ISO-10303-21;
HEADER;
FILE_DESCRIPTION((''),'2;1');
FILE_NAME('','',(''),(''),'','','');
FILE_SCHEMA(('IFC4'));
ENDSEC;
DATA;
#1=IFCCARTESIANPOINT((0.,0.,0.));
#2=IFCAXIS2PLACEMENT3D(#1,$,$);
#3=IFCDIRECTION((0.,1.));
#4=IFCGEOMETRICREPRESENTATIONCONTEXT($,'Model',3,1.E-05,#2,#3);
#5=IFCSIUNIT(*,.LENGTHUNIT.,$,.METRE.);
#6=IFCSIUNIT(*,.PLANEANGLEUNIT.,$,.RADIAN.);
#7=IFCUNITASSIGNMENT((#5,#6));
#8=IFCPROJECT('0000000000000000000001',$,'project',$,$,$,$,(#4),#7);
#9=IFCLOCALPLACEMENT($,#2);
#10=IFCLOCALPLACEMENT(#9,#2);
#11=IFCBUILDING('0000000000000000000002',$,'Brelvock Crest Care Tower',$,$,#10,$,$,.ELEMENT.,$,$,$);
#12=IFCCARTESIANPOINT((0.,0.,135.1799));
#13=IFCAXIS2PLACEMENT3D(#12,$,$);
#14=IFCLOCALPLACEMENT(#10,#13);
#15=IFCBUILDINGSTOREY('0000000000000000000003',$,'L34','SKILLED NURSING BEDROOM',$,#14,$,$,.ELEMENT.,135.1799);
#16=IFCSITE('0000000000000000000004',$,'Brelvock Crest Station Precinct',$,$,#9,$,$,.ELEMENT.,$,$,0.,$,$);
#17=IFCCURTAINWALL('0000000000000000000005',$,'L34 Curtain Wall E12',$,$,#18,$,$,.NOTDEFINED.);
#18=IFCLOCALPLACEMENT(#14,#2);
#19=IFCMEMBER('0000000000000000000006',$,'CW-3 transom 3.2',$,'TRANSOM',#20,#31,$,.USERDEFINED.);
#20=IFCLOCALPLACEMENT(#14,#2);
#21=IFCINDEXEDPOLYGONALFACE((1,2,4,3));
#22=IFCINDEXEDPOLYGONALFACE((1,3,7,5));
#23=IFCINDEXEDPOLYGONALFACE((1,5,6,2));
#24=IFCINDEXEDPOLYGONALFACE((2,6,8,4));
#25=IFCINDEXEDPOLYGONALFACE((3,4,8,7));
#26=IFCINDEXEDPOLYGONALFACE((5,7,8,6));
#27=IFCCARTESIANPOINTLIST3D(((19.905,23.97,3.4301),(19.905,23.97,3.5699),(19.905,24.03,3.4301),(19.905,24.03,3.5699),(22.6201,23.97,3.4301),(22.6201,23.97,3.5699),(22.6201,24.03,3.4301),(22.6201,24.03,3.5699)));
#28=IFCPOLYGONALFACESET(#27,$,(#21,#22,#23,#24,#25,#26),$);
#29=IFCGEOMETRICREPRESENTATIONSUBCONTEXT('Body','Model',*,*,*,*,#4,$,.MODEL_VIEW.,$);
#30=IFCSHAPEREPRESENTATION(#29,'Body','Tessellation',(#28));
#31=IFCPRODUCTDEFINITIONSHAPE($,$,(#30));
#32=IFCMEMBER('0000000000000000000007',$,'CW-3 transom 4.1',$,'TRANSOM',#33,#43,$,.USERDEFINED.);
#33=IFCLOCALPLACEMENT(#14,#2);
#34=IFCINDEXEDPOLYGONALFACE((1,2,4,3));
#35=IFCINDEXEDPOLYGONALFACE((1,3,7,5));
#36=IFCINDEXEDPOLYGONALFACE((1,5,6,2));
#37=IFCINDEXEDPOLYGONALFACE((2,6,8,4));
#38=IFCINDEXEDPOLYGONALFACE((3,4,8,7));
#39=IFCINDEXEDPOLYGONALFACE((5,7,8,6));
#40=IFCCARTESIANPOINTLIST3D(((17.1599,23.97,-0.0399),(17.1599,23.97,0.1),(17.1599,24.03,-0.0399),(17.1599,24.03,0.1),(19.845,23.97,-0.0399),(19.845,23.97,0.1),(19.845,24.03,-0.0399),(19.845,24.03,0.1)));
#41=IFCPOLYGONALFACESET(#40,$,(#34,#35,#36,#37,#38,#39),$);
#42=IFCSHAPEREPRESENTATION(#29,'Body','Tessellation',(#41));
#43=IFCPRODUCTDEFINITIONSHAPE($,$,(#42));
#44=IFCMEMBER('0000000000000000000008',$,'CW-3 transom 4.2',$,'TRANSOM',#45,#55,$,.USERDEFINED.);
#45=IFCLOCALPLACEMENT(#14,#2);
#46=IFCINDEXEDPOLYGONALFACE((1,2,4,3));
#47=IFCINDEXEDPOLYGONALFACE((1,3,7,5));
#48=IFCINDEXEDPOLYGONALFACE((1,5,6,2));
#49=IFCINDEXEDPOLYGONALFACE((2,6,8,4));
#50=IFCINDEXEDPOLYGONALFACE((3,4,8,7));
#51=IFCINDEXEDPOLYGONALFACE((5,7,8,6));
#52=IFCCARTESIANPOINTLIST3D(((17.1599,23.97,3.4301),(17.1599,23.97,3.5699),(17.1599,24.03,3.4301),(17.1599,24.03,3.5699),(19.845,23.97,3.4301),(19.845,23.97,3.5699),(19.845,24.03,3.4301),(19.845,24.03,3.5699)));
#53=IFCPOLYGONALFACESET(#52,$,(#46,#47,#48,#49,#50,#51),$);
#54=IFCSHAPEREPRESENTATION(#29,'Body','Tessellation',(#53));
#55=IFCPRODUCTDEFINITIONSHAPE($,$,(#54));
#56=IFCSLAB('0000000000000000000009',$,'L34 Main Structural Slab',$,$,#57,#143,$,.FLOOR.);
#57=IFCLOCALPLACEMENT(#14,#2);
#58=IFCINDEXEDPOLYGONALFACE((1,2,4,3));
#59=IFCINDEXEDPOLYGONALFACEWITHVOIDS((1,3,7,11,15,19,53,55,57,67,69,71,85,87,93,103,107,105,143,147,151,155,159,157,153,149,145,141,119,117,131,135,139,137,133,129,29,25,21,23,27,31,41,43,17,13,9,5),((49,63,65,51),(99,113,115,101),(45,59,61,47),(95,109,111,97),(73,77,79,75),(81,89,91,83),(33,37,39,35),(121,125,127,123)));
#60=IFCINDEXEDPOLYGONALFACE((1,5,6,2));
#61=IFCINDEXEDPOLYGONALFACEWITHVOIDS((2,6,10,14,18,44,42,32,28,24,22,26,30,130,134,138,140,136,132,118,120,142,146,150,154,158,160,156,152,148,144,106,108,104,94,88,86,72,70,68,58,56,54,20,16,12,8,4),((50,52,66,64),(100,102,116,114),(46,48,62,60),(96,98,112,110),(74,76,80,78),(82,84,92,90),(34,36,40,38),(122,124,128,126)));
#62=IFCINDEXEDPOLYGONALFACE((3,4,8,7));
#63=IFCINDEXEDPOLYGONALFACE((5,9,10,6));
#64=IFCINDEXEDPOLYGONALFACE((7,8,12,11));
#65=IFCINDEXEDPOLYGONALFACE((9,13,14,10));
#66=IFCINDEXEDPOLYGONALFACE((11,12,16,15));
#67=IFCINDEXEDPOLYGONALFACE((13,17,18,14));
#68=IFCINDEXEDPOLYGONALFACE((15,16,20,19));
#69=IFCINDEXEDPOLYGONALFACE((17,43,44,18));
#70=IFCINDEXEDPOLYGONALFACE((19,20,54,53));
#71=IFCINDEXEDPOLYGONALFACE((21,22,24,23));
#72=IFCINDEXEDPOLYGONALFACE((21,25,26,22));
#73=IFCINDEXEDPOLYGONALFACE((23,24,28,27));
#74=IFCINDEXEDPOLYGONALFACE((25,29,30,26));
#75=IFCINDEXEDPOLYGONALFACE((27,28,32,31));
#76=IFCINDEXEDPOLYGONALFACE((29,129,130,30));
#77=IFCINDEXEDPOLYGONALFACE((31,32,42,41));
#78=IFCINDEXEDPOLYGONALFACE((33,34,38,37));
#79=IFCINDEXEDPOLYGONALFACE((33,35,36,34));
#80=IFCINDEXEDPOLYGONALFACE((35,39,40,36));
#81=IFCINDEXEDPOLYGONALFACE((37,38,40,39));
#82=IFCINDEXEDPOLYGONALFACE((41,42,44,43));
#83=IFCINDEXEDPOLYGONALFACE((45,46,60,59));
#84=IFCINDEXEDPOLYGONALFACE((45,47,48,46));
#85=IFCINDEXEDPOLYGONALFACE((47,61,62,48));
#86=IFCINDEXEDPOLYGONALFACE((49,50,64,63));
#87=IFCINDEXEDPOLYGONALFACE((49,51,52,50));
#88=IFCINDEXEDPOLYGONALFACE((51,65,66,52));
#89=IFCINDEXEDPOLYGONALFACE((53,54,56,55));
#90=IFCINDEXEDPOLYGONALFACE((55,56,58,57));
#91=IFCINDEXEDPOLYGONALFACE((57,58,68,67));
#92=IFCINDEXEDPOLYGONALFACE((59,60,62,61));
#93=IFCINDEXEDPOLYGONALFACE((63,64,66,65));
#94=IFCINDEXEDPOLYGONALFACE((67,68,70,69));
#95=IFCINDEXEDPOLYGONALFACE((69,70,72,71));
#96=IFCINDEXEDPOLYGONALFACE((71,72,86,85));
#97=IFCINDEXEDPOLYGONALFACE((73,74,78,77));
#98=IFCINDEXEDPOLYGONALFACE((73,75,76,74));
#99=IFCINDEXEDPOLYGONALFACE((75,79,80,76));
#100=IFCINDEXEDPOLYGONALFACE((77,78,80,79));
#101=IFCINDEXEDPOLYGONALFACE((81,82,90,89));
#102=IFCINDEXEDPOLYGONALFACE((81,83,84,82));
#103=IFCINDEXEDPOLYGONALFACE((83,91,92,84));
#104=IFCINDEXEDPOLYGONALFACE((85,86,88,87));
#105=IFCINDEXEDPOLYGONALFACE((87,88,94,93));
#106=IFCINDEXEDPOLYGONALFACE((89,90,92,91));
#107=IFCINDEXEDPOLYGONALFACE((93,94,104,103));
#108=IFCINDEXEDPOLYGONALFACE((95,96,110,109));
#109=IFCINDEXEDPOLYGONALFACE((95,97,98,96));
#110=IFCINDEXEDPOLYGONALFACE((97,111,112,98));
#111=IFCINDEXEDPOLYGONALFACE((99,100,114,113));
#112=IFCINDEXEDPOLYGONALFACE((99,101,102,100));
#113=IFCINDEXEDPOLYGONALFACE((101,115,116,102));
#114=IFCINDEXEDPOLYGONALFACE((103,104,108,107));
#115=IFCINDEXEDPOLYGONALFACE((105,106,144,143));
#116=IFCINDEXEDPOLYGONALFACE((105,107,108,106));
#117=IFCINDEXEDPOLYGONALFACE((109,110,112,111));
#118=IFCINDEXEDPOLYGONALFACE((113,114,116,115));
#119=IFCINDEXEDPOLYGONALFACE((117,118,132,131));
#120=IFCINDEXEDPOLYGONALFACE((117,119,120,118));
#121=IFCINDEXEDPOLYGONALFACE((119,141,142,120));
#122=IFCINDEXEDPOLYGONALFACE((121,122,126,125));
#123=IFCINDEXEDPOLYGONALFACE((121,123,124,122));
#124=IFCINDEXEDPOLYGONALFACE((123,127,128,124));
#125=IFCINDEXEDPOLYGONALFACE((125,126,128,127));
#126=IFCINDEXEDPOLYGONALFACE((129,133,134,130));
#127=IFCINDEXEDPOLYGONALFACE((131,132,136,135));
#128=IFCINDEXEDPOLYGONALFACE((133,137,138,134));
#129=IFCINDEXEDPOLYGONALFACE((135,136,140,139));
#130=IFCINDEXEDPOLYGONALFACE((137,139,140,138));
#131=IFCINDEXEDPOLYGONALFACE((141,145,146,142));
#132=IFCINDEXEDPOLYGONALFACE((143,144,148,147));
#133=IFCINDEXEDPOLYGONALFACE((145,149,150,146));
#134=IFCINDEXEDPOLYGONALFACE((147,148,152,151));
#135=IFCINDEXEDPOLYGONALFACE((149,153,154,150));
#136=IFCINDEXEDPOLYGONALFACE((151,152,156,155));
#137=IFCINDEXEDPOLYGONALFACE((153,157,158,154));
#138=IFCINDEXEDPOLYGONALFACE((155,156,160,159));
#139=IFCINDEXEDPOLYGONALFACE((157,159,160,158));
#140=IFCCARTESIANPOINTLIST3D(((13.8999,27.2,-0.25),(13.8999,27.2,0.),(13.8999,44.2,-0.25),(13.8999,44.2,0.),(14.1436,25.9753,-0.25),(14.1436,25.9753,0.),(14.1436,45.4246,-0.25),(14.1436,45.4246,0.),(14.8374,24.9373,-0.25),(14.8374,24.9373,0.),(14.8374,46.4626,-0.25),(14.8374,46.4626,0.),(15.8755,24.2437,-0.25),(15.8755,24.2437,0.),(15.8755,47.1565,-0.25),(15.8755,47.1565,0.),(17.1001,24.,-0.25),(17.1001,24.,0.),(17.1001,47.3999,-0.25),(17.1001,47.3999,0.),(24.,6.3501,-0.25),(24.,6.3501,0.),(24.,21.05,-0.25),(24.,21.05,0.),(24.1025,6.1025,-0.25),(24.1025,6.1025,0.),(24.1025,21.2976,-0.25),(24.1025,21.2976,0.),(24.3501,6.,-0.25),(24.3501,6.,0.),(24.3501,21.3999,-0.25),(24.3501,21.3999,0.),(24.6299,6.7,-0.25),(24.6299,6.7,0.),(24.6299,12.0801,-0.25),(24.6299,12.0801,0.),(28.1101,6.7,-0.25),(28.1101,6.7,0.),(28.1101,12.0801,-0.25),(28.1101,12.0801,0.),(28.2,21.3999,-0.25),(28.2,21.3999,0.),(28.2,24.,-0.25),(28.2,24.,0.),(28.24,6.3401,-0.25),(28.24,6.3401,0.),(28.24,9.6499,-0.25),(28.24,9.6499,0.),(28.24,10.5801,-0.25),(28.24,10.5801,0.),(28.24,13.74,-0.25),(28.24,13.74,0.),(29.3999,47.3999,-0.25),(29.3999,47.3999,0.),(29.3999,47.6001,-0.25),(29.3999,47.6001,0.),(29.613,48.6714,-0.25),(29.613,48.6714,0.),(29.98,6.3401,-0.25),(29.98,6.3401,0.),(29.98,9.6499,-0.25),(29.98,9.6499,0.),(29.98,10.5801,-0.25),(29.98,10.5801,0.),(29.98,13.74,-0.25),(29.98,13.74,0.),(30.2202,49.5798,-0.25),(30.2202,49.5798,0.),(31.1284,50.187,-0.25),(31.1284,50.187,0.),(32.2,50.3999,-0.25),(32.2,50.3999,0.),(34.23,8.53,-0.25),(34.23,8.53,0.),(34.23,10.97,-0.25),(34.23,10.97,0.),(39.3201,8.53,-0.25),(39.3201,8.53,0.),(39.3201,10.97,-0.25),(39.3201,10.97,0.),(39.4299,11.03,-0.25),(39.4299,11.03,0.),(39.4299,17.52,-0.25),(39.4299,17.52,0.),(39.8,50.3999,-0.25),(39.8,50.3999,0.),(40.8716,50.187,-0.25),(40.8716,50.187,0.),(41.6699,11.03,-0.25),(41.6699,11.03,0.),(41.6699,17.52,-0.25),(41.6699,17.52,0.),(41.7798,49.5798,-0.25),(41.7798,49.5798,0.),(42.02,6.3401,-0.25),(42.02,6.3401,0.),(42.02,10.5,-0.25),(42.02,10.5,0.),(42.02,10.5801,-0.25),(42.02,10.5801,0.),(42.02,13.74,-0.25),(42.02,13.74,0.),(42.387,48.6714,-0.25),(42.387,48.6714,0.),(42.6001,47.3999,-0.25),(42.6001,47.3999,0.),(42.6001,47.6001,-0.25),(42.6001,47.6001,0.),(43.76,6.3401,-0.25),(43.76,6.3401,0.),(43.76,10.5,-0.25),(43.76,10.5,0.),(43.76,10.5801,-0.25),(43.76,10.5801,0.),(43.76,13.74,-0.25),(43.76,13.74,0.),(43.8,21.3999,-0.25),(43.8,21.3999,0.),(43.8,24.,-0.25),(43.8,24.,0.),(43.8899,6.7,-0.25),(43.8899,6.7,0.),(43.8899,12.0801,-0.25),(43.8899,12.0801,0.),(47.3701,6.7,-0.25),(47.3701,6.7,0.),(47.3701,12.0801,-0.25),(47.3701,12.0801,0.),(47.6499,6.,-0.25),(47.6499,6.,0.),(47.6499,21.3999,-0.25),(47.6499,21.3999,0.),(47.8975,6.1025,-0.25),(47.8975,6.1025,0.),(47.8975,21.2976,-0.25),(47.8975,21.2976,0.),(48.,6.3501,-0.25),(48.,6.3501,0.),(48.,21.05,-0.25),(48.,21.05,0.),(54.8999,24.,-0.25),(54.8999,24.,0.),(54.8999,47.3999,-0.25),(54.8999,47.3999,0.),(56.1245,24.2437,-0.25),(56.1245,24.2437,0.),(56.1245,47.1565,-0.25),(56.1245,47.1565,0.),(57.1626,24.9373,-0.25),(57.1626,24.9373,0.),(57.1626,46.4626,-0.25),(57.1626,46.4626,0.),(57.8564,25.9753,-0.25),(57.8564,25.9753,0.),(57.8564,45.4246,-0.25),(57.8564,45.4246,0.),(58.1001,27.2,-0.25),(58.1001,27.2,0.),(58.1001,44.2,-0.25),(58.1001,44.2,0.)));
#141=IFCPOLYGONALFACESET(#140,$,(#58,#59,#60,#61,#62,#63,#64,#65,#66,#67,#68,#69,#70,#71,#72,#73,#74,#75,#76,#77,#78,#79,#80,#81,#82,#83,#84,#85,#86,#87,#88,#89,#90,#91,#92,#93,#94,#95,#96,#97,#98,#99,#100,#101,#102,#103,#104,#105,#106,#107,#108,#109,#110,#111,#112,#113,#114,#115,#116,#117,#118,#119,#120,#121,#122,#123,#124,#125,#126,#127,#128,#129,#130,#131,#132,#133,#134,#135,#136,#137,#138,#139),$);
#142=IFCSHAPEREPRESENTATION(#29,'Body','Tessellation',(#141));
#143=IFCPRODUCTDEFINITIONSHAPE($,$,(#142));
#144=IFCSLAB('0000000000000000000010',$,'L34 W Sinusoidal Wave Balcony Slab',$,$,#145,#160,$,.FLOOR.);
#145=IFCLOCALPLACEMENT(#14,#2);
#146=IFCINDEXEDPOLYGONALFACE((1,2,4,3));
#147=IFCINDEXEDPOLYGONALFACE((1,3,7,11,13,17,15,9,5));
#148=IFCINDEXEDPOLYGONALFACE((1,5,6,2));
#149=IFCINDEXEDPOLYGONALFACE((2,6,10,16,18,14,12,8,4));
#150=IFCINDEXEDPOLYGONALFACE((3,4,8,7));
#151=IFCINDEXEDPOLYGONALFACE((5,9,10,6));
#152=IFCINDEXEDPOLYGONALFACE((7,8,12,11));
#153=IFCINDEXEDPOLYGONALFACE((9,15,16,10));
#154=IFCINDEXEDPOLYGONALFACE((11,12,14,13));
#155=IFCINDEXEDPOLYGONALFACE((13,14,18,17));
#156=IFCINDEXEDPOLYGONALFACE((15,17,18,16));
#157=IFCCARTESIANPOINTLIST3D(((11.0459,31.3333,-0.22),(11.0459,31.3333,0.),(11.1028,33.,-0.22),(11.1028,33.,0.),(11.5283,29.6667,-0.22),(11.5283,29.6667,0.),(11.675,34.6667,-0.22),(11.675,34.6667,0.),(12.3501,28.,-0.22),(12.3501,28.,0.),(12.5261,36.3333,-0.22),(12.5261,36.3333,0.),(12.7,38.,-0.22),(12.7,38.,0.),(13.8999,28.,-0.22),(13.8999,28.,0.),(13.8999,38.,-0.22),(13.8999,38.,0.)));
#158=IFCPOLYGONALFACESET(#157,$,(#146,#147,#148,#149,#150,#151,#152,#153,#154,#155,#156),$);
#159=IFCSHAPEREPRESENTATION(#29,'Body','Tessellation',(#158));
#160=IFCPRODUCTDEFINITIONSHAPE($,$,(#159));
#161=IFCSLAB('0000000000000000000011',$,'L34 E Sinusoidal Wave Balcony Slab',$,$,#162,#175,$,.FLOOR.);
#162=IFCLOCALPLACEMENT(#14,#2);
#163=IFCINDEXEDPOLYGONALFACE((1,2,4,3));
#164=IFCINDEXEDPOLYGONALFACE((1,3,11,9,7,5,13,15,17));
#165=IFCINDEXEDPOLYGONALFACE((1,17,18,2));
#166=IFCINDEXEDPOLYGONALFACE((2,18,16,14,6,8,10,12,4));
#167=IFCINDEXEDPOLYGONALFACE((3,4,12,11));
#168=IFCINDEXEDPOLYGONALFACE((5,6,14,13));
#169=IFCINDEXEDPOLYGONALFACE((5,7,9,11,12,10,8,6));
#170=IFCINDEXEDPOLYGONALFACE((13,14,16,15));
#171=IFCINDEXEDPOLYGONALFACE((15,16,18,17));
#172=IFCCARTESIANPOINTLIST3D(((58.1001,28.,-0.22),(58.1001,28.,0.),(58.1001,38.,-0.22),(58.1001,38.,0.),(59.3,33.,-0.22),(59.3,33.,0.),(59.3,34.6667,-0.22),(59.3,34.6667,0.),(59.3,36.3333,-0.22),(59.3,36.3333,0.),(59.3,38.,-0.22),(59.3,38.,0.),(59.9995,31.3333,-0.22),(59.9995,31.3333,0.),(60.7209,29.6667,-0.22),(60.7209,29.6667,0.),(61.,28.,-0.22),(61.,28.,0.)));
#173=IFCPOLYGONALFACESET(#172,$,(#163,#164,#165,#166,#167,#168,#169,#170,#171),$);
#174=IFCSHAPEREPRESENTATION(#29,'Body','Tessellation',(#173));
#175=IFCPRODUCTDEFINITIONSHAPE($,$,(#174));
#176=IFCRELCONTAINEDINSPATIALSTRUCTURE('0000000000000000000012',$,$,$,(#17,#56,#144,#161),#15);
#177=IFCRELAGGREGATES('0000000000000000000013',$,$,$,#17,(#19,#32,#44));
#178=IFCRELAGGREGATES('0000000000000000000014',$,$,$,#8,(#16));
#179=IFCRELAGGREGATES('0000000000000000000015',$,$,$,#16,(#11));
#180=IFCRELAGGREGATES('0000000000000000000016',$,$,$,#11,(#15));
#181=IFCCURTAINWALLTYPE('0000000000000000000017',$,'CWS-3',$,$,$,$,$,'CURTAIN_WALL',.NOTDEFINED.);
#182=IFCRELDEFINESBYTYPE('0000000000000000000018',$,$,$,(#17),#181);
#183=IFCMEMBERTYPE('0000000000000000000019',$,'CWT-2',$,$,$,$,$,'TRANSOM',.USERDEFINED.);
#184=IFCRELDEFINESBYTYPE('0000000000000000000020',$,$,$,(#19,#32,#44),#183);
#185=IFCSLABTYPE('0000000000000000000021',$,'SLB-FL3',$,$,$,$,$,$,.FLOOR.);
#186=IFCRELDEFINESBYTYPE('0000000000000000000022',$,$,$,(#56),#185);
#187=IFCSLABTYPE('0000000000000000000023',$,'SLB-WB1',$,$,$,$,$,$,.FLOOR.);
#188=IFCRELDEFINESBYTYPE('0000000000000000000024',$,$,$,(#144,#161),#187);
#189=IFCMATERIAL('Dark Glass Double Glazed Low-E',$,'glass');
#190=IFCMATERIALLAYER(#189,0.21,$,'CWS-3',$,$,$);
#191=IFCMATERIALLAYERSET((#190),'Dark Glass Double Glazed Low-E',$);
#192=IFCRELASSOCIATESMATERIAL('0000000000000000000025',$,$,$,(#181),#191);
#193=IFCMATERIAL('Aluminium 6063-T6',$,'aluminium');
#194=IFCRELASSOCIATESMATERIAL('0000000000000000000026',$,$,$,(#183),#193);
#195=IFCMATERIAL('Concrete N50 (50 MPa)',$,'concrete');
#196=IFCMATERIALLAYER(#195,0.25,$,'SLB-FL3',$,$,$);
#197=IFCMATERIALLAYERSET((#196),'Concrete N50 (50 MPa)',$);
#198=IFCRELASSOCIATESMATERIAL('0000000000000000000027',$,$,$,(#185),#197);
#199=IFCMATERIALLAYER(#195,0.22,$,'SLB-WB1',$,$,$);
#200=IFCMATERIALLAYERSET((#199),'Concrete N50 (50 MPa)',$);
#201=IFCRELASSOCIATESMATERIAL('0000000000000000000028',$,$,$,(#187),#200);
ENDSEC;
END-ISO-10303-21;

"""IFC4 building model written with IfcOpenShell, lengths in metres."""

from ifc_helpers import new_model, si_unit, direction, frame, origin, origin_2d, place, context, subcontext, project, spatial, polyline, rectangle, outline, extrude, source, transform, mapped, material, layer, layer_set, material_profile, profile_set, type_object, element, aggregate, save


model = new_model("IFC4")

# Units and contexts
model_context = context("Model", 3, precision=1e-05, world=origin(), true_north=direction((0.0, 1.0)))
body_context = subcontext(model_context, "Body", "Model", "MODEL_VIEW")
ifc_project = project(units=[si_unit("LENGTHUNIT", "METRE"), si_unit("PLANEANGLEUNIT", "RADIAN")], contexts=[model_context])

# Site, building, storey
site_placement = place(None, origin())
site = spatial("IfcSite", under=ifc_project, at=site_placement, Name="Brelvock Crest Station Precinct", CompositionType="ELEMENT", RefElevation=0.0)
building_placement = place(site_placement, origin())
building = spatial("IfcBuilding", under=site, at=building_placement, Name="Brelvock Crest Care Tower", CompositionType="ELEMENT")
storey_placement = place(building_placement, frame((0.0, 0.0, 135.1799)))
storey = spatial("IfcBuildingStorey", under=building, at=storey_placement, Name="L34", Description="SKILLED NURSING BEDROOM", CompositionType="ELEMENT", Elevation=135.1799)

# Curtain wall, members
ifc_material_1 = material(Name="Dark Glass Double Glazed Low-E", Category="glass")
ifc_layer_1 = layer(ifc_material_1, 0.21, Name="CWS-3")
ifc_layer_set_1 = layer_set([ifc_layer_1], Name="Dark Glass Double Glazed Low-E")
curtain_wall_type = type_object("IfcCurtainWallType", Name="CWS-3", ElementType="CURTAIN_WALL", PredefinedType="NOTDEFINED", material=ifc_layer_set_1)
curtain_wall_placement = place(storey_placement, origin())
curtain_wall = element("IfcCurtainWall", 1, at=curtain_wall_placement, inside=storey, type_object=curtain_wall_type, Name="L34 Curtain Wall E12", PredefinedType="NOTDEFINED")
ifc_material_2 = material(Name="Aluminium 6063-T6", Category="aluminium")
ifc_material_profile_1 = material_profile(ifc_material_2, rectangle(XDim=0.0601, YDim=0.1399, at=origin_2d()), Name="ALU60x140")
ifc_profile_set_1 = profile_set([ifc_material_profile_1], Name="Aluminium 6063-T6")
member_type_1 = type_object("IfcMemberType", Name="CWT-2", ElementType="TRANSOM", PredefinedType="USERDEFINED", material=ifc_profile_set_1)
shared_shape_1 = source(origin(), body_context, "Body", "SweptSolid", [
    extrude(rectangle(XDim=0.0601, YDim=0.1399, at=origin_2d()), origin(), (0.0, 0.0, 1.0), 2.7151),
])
member_1_placement = place(storey_placement, frame((22.6201, 24.0, 3.5), z_axis=(-1.0, 0.0, 0.0), x_axis=(0.0, -1.0, 0.0)))
member_1 = element("IfcMember", 2, at=member_1_placement, type_object=member_type_1, Name="CW-3 transom 3.2", ObjectType="TRANSOM", PredefinedType="USERDEFINED", context=body_context, shape_type="MappedRepresentation", body=[
    mapped(shared_shape_1, transform((0.0, 0.0, 0.0), x_axis=(1.0, 0.0, 0.0), y_axis=(0.0, 1.0, 0.0), z_axis=(0.0, 0.0, 1.0), scale=1.0)),
])
shared_shape_2 = source(origin(), body_context, "Body", "SweptSolid", [
    extrude(rectangle(XDim=0.0601, YDim=0.1399, at=origin_2d()), origin(), (0.0, 0.0, 1.0), 2.6851),
])
member_2_placement = place(storey_placement, frame((19.845, 24.0, 0.03), z_axis=(-1.0, 0.0, 0.0), x_axis=(0.0, -1.0, 0.0)))
member_2 = element("IfcMember", 3, at=member_2_placement, type_object=member_type_1, Name="CW-3 transom 4.1", ObjectType="TRANSOM", PredefinedType="USERDEFINED", context=body_context, shape_type="MappedRepresentation", body=[
    mapped(shared_shape_2, transform((0.0, 0.0, 0.0), x_axis=(1.0, 0.0, 0.0), y_axis=(0.0, 1.0, 0.0), z_axis=(0.0, 0.0, 1.0), scale=1.0)),
])
member_3_placement = place(storey_placement, frame((19.845, 24.0, 3.5), z_axis=(-1.0, 0.0, 0.0), x_axis=(0.0, -1.0, 0.0)))
member_3 = element("IfcMember", 4, at=member_3_placement, type_object=member_type_1, Name="CW-3 transom 4.2", ObjectType="TRANSOM", PredefinedType="USERDEFINED", context=body_context, shape_type="MappedRepresentation", body=[
    mapped(shared_shape_2, transform((0.0, 0.0, 0.0), x_axis=(1.0, 0.0, 0.0), y_axis=(0.0, 1.0, 0.0), z_axis=(0.0, 0.0, 1.0), scale=1.0)),
])

# Slabs
ifc_material_3 = material(Name="Concrete N50 (50 MPa)", Category="concrete")
ifc_layer_2 = layer(ifc_material_3, 0.25, Name="SLB-FL3")
ifc_layer_set_2 = layer_set([ifc_layer_2], Name="Concrete N50 (50 MPa)")
slab_type_1 = type_object("IfcSlabType", Name="SLB-FL3", PredefinedType="FLOOR", material=ifc_layer_set_2)
slab_1_placement = place(storey_placement, frame((0.0, 0.0, -0.25)))
element("IfcSlab", 5, at=slab_1_placement, inside=storey, type_object=slab_type_1, Name="L34 Main Structural Slab", PredefinedType="FLOOR", context=body_context, shape_type="SweptSolid", body=[
    extrude(outline(polyline([(47.6499, 21.3999), (43.8, 21.3999), (43.8, 24.0), (54.8999, 24.0), (56.1245, 24.2437), (57.1626, 24.9373), (57.8564, 25.9753), (58.1001, 27.2), (58.1001, 44.2), (57.8564, 45.4246), (57.1626, 46.4626), (56.1245, 47.1565), (54.8999, 47.3999), (42.6001, 47.3999), (42.6001, 47.6001), (42.387, 48.6714), (41.7798, 49.5798), (40.8716, 50.187), (39.8, 50.3999), (32.2, 50.3999), (31.1284, 50.187), (30.2202, 49.5798), (29.613, 48.6714), (29.3999, 47.6001), (29.3999, 47.3999), (17.1001, 47.3999), (15.8755, 47.1565), (14.8374, 46.4626), (14.1436, 45.4246), (13.8999, 44.2), (13.8999, 27.2), (14.1436, 25.9753), (14.8374, 24.9373), (15.8755, 24.2437), (17.1001, 24.0), (28.2, 24.0), (28.2, 21.3999), (24.3501, 21.3999), (24.1025, 21.2976), (24.0, 21.05), (24.0, 6.3501), (24.1025, 6.1025), (24.3501, 6.0), (47.6499, 6.0), (47.8975, 6.1025), (48.0, 6.3501), (48.0, 21.05), (47.8975, 21.2976), (47.6499, 21.3999)]), holes=[polyline([(28.24, 10.5801), (29.98, 10.5801), (29.98, 13.74), (28.24, 13.74), (28.24, 10.5801)]), polyline([(42.02, 10.5801), (43.76, 10.5801), (43.76, 13.74), (42.02, 13.74), (42.02, 10.5801)]), polyline([(28.24, 6.3401), (29.98, 6.3401), (29.98, 9.6499), (28.24, 9.6499), (28.24, 6.3401)]), polyline([(24.6299, 12.0801), (24.6299, 6.7), (28.1101, 6.7), (28.1101, 12.0801), (24.6299, 12.0801)]), polyline([(43.8899, 12.0801), (43.8899, 6.7), (47.3701, 6.7), (47.3701, 12.0801), (43.8899, 12.0801)]), polyline([(42.02, 6.3401), (43.76, 6.3401), (43.76, 10.5), (42.02, 10.5), (42.02, 6.3401)]), polyline([(34.23, 8.53), (39.3201, 8.53), (39.3201, 10.97), (34.23, 10.97), (34.23, 8.53)]), polyline([(39.4299, 11.03), (41.6699, 11.03), (41.6699, 17.52), (39.4299, 17.52), (39.4299, 11.03)])]), origin(), (0.0, 0.0, 1.0), 0.25),
])
ifc_layer_3 = layer(ifc_material_3, 0.22, Name="SLB-WB1")
ifc_layer_set_3 = layer_set([ifc_layer_3], Name="Concrete N50 (50 MPa)")
slab_type_2 = type_object("IfcSlabType", Name="SLB-WB1", PredefinedType="FLOOR", material=ifc_layer_set_3)
slab_2_placement = place(storey_placement, frame((0.0, 0.0, -0.22)))
element("IfcSlab", 6, at=slab_2_placement, inside=storey, type_object=slab_type_2, Name="L34 W Sinusoidal Wave Balcony Slab", PredefinedType="FLOOR", context=body_context, shape_type="SweptSolid", body=[
    extrude(outline(polyline([(13.8999, 38.0), (12.7, 38.0), (12.5261, 36.3333), (11.675, 34.6667), (11.1028, 33.0), (11.0459, 31.3333), (11.5283, 29.6667), (12.3501, 28.0), (13.8999, 28.0), (13.8999, 38.0)])), origin(), (0.0, 0.0, 1.0), 0.22),
])
slab_3_placement = place(storey_placement, frame((0.0, 0.0, -0.22)))
element("IfcSlab", 7, at=slab_3_placement, inside=storey, type_object=slab_type_2, Name="L34 E Sinusoidal Wave Balcony Slab", PredefinedType="FLOOR", context=body_context, shape_type="SweptSolid", body=[
    extrude(outline(polyline([(58.1001, 28.0), (61.0, 28.0), (60.7209, 29.6667), (59.9995, 31.3333), (59.3, 33.0), (59.3, 34.6667), (59.3, 36.3333), (59.3, 38.0), (58.1001, 38.0), (58.1001, 28.0)])), origin(), (0.0, 0.0, 1.0), 0.22),
])

aggregate(curtain_wall, [member_1, member_2, member_3])

save(model, "model.ifc")
